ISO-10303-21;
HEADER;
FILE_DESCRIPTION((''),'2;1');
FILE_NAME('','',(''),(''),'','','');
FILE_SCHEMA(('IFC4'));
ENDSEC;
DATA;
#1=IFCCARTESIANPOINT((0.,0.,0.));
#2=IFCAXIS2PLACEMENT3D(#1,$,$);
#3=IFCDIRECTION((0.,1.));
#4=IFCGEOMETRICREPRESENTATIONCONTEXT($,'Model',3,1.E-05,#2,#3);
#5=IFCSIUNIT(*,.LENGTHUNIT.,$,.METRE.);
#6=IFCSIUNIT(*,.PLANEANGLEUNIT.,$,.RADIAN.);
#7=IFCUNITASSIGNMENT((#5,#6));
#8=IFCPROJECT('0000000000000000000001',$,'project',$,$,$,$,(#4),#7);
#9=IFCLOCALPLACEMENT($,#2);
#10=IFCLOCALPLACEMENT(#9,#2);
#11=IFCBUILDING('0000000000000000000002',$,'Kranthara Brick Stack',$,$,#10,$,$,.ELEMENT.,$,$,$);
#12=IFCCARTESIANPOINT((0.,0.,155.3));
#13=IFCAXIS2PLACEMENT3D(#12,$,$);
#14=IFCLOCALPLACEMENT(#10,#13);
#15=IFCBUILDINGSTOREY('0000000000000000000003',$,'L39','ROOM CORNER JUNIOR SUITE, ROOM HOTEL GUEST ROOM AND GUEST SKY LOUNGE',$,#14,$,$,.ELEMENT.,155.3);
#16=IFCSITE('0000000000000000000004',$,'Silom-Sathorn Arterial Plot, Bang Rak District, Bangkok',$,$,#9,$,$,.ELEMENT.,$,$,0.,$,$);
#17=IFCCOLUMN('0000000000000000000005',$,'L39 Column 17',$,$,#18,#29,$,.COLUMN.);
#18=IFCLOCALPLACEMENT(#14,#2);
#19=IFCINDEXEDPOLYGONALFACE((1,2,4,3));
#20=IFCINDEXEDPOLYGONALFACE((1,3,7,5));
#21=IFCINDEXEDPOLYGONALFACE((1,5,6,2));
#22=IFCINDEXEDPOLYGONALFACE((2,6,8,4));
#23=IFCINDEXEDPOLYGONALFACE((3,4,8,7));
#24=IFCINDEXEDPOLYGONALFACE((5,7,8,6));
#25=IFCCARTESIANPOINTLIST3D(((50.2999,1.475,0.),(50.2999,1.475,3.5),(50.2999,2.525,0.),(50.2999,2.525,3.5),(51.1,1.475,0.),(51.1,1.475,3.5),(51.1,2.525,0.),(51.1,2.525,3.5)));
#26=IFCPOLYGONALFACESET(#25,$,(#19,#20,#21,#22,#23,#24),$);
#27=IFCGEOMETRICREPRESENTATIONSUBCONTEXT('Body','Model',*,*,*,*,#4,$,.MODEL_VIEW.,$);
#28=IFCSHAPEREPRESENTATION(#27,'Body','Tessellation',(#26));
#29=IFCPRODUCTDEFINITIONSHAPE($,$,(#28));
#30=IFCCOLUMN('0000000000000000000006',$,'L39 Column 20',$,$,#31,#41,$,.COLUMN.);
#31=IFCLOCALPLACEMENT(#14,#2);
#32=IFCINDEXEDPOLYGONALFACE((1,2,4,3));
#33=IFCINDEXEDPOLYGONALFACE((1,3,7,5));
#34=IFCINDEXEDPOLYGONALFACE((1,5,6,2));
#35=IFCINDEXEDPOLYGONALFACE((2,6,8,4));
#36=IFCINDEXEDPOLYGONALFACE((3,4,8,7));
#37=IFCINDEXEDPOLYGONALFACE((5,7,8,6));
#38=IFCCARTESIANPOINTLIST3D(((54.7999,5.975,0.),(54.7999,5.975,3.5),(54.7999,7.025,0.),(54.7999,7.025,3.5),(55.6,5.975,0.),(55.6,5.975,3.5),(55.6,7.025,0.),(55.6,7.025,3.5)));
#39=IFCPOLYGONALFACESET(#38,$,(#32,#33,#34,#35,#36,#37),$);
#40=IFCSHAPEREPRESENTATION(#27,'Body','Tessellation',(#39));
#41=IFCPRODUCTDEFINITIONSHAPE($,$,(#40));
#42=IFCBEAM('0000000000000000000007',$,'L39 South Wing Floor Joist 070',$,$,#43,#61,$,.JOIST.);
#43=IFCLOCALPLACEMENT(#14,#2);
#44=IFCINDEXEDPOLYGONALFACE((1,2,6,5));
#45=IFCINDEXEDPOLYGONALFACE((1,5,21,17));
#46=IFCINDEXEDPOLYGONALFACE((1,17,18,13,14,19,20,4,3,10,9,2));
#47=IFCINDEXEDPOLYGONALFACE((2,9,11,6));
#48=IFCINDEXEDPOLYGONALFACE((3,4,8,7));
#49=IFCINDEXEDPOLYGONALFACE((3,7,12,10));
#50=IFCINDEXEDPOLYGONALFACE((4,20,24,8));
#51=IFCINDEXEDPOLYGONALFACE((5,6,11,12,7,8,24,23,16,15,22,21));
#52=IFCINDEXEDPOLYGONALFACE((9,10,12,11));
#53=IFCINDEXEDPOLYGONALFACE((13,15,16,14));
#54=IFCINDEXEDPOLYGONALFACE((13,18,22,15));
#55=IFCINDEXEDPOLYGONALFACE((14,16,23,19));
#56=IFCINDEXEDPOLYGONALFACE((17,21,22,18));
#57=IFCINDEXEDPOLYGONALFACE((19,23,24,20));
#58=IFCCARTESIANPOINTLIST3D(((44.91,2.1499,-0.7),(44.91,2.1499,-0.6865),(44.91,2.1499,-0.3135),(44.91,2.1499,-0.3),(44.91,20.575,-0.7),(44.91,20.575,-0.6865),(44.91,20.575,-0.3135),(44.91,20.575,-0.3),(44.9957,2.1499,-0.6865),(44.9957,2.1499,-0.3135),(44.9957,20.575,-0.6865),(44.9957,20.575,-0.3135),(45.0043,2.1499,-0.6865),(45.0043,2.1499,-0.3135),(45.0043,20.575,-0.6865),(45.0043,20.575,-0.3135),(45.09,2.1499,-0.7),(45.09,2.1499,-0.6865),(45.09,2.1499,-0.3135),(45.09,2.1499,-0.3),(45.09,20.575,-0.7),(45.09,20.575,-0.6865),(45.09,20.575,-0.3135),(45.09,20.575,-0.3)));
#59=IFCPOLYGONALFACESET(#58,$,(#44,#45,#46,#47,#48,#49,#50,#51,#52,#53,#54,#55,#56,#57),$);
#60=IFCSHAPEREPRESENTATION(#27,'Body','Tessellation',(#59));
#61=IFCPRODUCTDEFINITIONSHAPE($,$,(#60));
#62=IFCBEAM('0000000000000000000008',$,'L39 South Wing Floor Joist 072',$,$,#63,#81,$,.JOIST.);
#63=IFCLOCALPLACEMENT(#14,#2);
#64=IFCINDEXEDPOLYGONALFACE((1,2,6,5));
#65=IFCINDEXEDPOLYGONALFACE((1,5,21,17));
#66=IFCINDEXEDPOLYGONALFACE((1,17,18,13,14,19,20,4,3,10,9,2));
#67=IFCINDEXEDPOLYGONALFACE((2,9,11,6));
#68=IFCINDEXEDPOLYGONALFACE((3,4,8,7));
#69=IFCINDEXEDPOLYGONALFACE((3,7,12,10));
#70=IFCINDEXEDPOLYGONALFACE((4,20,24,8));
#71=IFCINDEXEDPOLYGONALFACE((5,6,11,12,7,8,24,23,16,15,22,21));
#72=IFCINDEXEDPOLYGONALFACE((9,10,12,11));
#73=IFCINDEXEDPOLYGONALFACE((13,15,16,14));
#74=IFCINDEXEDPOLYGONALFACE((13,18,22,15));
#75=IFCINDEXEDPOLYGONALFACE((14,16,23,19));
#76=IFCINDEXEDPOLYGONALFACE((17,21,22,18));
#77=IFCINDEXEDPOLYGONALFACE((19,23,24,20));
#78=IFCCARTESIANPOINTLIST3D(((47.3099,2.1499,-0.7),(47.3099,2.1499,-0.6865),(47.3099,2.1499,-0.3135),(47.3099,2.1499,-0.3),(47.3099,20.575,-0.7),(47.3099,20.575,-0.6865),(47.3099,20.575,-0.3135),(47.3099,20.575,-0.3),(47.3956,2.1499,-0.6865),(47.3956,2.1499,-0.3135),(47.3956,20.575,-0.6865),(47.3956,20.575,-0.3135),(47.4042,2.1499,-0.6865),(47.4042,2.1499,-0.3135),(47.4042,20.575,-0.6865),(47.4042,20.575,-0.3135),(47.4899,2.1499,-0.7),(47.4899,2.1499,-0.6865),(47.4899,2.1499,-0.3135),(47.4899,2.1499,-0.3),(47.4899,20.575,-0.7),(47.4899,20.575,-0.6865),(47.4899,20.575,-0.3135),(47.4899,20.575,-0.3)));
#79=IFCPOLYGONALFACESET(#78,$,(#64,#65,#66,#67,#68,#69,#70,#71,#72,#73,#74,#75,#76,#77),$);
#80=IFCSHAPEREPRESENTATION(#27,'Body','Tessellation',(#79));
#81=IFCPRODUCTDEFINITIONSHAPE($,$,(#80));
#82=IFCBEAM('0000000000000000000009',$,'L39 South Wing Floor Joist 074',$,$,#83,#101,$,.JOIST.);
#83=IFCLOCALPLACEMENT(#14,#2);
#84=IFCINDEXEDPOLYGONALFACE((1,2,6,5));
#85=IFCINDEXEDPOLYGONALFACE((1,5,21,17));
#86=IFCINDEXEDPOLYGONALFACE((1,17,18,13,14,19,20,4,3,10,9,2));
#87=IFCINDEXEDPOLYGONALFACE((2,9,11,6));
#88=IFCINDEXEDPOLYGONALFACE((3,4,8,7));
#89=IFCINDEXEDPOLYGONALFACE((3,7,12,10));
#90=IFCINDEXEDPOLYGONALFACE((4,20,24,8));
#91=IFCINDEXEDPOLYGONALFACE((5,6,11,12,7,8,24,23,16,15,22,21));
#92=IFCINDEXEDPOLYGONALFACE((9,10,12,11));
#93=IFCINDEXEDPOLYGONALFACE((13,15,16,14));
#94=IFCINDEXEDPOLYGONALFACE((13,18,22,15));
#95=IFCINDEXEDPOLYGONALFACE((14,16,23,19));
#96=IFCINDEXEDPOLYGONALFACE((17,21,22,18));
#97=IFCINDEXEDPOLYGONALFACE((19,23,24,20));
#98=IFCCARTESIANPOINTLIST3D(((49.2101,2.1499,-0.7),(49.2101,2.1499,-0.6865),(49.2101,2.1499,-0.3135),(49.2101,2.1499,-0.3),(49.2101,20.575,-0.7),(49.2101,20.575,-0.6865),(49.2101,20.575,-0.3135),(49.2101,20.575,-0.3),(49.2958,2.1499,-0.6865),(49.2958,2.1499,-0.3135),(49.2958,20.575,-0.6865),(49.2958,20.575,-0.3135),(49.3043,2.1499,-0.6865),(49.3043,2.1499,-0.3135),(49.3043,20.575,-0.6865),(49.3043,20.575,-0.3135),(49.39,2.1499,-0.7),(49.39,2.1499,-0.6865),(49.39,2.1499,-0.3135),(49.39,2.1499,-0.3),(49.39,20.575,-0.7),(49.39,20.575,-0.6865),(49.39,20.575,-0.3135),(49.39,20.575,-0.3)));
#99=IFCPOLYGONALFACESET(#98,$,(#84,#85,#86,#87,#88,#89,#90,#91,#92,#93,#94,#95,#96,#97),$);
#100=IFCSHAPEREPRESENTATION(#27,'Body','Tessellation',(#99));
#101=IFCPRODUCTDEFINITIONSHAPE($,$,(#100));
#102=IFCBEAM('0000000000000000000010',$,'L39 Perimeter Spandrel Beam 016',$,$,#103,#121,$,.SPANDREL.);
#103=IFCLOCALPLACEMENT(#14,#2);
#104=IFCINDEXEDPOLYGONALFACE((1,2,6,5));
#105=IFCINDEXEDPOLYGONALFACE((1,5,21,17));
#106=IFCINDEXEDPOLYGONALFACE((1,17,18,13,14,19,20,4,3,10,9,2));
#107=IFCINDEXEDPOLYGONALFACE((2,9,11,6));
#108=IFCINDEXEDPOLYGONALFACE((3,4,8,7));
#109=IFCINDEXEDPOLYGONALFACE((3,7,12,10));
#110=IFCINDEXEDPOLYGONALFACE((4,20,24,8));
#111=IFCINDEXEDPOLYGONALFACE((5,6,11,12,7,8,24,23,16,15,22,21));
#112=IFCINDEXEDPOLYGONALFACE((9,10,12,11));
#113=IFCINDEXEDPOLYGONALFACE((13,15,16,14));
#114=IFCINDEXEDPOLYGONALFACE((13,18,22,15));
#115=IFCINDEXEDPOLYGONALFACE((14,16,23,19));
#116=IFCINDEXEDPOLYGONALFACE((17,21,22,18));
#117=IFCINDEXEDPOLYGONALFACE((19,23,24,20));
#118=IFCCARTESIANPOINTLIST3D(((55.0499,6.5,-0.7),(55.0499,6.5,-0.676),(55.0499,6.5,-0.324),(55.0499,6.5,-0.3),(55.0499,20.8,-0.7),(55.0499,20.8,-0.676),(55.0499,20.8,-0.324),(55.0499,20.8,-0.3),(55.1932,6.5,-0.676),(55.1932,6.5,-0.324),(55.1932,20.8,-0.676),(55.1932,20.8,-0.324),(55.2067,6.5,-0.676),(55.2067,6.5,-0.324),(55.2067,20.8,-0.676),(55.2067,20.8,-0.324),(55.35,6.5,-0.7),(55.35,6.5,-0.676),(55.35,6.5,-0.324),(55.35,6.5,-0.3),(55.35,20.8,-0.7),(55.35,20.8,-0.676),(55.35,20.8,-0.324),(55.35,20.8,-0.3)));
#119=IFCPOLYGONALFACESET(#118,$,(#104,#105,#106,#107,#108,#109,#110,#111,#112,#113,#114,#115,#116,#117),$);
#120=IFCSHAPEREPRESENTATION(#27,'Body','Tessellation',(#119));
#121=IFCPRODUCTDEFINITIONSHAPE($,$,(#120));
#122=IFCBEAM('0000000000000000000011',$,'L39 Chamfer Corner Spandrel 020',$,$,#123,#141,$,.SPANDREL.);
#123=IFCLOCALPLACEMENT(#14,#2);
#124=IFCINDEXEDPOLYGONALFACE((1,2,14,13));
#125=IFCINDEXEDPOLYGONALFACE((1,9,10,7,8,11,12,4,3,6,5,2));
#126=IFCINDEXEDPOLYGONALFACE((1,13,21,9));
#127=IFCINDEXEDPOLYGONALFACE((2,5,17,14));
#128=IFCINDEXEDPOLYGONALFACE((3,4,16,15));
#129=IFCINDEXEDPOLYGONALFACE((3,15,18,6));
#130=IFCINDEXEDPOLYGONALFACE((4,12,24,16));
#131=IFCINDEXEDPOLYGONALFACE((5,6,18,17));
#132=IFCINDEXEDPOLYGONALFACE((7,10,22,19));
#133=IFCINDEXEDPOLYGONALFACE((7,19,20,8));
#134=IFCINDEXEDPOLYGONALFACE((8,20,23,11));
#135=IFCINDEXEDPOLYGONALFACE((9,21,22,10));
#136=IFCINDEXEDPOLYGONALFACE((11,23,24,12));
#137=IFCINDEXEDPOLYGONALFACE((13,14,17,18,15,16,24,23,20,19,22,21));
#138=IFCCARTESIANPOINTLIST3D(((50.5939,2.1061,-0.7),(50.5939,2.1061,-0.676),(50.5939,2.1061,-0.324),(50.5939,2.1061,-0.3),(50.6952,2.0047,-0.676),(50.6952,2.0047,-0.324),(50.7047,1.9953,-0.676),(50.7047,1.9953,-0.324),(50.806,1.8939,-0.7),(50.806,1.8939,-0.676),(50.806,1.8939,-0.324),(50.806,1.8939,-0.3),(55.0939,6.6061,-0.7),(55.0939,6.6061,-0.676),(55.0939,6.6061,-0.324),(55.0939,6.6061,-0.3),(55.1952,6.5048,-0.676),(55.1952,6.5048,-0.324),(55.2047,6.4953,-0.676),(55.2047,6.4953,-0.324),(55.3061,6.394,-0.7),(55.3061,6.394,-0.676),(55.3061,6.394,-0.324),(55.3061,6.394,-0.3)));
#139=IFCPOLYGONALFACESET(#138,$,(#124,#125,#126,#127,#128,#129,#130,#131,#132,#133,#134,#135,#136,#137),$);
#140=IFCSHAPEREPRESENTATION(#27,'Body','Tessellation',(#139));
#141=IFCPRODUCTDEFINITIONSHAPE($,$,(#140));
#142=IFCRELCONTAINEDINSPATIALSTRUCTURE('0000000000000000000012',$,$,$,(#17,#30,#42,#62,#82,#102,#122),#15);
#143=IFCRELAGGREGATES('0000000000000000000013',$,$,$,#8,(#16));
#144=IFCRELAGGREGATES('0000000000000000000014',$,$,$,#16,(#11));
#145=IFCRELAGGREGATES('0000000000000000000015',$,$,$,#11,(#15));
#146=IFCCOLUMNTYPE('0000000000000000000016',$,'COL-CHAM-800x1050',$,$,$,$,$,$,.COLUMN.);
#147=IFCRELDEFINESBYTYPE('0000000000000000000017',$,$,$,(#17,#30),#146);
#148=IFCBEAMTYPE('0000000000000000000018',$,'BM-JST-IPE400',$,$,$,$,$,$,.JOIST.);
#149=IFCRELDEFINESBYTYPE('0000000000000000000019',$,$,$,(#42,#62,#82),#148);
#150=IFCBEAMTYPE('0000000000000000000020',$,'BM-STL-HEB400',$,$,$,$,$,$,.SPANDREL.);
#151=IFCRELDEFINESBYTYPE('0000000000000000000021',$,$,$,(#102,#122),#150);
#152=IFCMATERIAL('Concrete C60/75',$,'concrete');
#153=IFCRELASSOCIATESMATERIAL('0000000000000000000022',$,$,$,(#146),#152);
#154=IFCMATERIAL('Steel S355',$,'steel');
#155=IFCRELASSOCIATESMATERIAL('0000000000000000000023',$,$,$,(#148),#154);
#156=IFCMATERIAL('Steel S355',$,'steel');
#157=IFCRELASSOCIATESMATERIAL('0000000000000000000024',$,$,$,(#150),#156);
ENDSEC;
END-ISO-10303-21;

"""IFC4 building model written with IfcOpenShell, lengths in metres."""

from ifc_helpers import new_model, si_unit, direction, frame, origin, origin_2d, place, context, subcontext, project, spatial, rectangle, i_section, extrude, material, material_profile, profile_set, type_object, element, save


model = new_model("IFC4")

# Units and contexts
model_context = context("Model", 3, precision=1e-05, world=origin(), true_north=direction((0.0, 1.0)))
body_context = subcontext(model_context, "Body", "Model", "MODEL_VIEW")
ifc_project = project(units=[si_unit("LENGTHUNIT", "METRE"), si_unit("PLANEANGLEUNIT", "RADIAN")], contexts=[model_context])

# Site, building, storey
site_placement = place(None, origin())
site = spatial("IfcSite", under=ifc_project, at=site_placement, Name="Silom-Sathorn Arterial Plot, Bang Rak District, Bangkok", CompositionType="ELEMENT", RefElevation=0.0)
building_placement = place(site_placement, origin())
building = spatial("IfcBuilding", under=site, at=building_placement, Name="Kranthara Brick Stack", CompositionType="ELEMENT")
storey_placement = place(building_placement, frame((0.0, 0.0, 155.3)))
storey = spatial("IfcBuildingStorey", under=building, at=storey_placement, Name="L39", Description="ROOM CORNER JUNIOR SUITE, ROOM HOTEL GUEST ROOM AND GUEST SKY LOUNGE", CompositionType="ELEMENT", Elevation=155.3)

# Columns
ifc_material_1 = material(Name="Concrete C60/75", Category="concrete")
ifc_material_profile_1 = material_profile(ifc_material_1, rectangle(XDim=0.8, YDim=1.05, at=origin_2d()), Name="RC 800x1050")
ifc_profile_set_1 = profile_set([ifc_material_profile_1], Name="Concrete C60/75")
column_type = type_object("IfcColumnType", Name="COL-CHAM-800x1050", PredefinedType="COLUMN", material=ifc_profile_set_1)
for number, where, z_axis, x_axis, name in (
    (1, (50.7, 2.0, 0.0), (0.0, 0.0, 1.0), (1.0, 0.0, 0.0), "L39 Column 17"),
    (2, (55.2, 6.5, 0.0), (0.0, 0.0, 1.0), (1.0, 0.0, 0.0), "L39 Column 20"),
):
    element("IfcColumn", number, at=place(storey_placement, frame(where, z_axis=z_axis, x_axis=x_axis)), inside=storey, type_object=column_type, Name=name, PredefinedType="COLUMN", context=body_context, shape_type="SweptSolid", body=[
        extrude(rectangle(XDim=0.8, YDim=1.05, at=origin_2d()), origin(), (0.0, 0.0, 1.0), 3.5),
    ])

# Beams
ifc_material_2 = material(Name="Steel S355", Category="steel")
ifc_material_profile_2 = material_profile(ifc_material_2, i_section(OverallWidth=0.1799, OverallDepth=0.3999, WebThickness=0.0085, FlangeThickness=0.0134, at=origin_2d()), Name="IPE 400")
ifc_profile_set_2 = profile_set([ifc_material_profile_2], Name="Steel S355")
beam_type_1 = type_object("IfcBeamType", Name="BM-JST-IPE400", PredefinedType="JOIST", material=ifc_profile_set_2)
for number, where, z_axis, x_axis, name in (
    (3, (45.0, 2.1499, -0.5), (0.0, 1.0, 0.0), (-1.0, 0.0, 0.0), "L39 South Wing Floor Joist 070"),
    (4, (47.3999, 2.1499, -0.5), (0.0, 1.0, 0.0), (-1.0, 0.0, 0.0), "L39 South Wing Floor Joist 072"),
    (5, (49.3, 2.1499, -0.5), (0.0, 1.0, 0.0), (-1.0, 0.0, 0.0), "L39 South Wing Floor Joist 074"),
):
    element("IfcBeam", number, at=place(storey_placement, frame(where, z_axis=z_axis, x_axis=x_axis)), inside=storey, type_object=beam_type_1, Name=name, PredefinedType="JOIST", context=body_context, shape_type="SweptSolid", body=[
        extrude(i_section(OverallWidth=0.1799, OverallDepth=0.3999, WebThickness=0.0085, FlangeThickness=0.0134, at=origin_2d()), origin(), (0.0, 0.0, 1.0), 18.425),
    ])
ifc_material_3 = material(Name="Steel S355", Category="steel")
ifc_material_profile_3 = material_profile(ifc_material_3, i_section(OverallWidth=0.3, OverallDepth=0.3999, WebThickness=0.0134, FlangeThickness=0.0239, at=origin_2d()), Name="HEB 400")
ifc_profile_set_3 = profile_set([ifc_material_profile_3], Name="Steel S355")
beam_type_2 = type_object("IfcBeamType", Name="BM-STL-HEB400", PredefinedType="SPANDREL", material=ifc_profile_set_3)
beam_1_placement = place(storey_placement, frame((55.2, 6.5, -0.5), z_axis=(0.0, 1.0, 0.0), x_axis=(-1.0, 0.0, 0.0)))
element("IfcBeam", 6, at=beam_1_placement, inside=storey, type_object=beam_type_2, Name="L39 Perimeter Spandrel Beam 016", PredefinedType="SPANDREL", context=body_context, shape_type="SweptSolid", body=[
    extrude(i_section(OverallWidth=0.3, OverallDepth=0.3999, WebThickness=0.0134, FlangeThickness=0.0239, at=origin_2d()), origin(), (0.0, 0.0, 1.0), 14.3),
])
beam_2_placement = place(storey_placement, frame((50.7, 2.0, -0.5), z_axis=(0.707107, 0.707107, 0.0), x_axis=(-0.707107, 0.707107, 0.0)))
element("IfcBeam", 7, at=beam_2_placement, inside=storey, type_object=beam_type_2, Name="L39 Chamfer Corner Spandrel 020", PredefinedType="SPANDREL", context=body_context, shape_type="SweptSolid", body=[
    extrude(i_section(OverallWidth=0.3, OverallDepth=0.3999, WebThickness=0.0134, FlangeThickness=0.0239, at=origin_2d()), origin(), (0.0, 0.0, 1.0), 6.364),
])

save(model, "model.ifc")
